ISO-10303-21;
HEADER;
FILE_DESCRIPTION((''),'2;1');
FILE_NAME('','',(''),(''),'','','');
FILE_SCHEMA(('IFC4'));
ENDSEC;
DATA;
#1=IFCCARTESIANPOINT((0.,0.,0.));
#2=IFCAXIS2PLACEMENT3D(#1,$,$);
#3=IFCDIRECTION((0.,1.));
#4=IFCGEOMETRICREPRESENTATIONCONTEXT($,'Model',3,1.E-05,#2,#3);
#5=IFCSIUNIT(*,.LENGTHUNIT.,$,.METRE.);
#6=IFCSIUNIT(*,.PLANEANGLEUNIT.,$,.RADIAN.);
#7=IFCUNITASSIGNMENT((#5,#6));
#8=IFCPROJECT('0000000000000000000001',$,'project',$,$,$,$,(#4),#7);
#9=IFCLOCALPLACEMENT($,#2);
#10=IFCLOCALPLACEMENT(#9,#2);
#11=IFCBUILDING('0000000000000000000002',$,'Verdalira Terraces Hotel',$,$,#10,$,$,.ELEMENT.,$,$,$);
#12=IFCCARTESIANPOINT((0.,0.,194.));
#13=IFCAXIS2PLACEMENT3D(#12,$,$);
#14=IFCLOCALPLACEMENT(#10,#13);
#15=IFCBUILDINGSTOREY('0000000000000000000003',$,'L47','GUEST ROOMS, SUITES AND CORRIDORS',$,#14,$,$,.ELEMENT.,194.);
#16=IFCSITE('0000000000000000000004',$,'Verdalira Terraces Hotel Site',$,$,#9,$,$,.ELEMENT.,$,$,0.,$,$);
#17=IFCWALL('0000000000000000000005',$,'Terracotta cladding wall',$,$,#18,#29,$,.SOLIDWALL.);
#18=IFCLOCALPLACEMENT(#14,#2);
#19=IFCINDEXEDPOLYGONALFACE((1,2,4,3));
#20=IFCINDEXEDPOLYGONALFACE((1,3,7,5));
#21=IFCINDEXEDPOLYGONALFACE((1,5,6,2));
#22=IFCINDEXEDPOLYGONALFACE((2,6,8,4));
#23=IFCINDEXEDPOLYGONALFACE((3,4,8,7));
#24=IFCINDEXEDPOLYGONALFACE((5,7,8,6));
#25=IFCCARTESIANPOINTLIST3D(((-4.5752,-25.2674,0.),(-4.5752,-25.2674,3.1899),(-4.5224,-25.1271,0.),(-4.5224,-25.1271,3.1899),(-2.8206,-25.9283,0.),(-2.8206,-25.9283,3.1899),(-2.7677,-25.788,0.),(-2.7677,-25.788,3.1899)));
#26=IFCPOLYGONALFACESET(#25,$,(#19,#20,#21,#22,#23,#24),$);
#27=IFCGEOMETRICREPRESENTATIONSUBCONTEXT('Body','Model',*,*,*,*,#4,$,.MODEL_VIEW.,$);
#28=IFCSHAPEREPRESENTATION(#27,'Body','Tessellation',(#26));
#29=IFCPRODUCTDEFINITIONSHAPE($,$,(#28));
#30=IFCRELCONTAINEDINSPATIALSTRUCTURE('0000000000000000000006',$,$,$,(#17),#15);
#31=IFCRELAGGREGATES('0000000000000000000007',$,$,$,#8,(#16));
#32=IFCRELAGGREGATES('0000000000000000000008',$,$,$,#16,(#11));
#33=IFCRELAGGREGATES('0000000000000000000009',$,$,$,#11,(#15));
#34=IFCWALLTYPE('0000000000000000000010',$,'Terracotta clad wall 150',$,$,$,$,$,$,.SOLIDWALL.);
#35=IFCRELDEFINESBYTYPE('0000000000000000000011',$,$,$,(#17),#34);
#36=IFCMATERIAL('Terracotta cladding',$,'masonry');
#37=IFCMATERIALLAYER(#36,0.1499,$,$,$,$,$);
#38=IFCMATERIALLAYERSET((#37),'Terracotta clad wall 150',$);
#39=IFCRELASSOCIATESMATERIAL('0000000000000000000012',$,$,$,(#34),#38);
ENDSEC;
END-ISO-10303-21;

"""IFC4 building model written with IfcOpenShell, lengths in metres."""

from ifc_helpers import new_model, si_unit, direction, frame, frame_2d, origin, place, context, subcontext, project, spatial, rectangle, extrude, material, layer, layer_set, type_object, element, save


model = new_model("IFC4")

# Units and contexts
model_context = context("Model", 3, precision=1e-05, world=origin(), true_north=direction((0.0, 1.0)))
body_context = subcontext(model_context, "Body", "Model", "MODEL_VIEW")
ifc_project = project(units=[si_unit("LENGTHUNIT", "METRE"), si_unit("PLANEANGLEUNIT", "RADIAN")], contexts=[model_context])

# Site, building, storey
site_placement = place(None, origin())
site = spatial("IfcSite", under=ifc_project, at=site_placement, Name="Verdalira Terraces Hotel Site", CompositionType="ELEMENT", RefElevation=0.0)
building_placement = place(site_placement, origin())
building = spatial("IfcBuilding", under=site, at=building_placement, Name="Verdalira Terraces Hotel", CompositionType="ELEMENT")
storey_placement = place(building_placement, frame((0.0, 0.0, 194.0)))
storey = spatial("IfcBuildingStorey", under=building, at=storey_placement, Name="L47", Description="GUEST ROOMS, SUITES AND CORRIDORS", CompositionType="ELEMENT", Elevation=194.0)

# Wall
ifc_material_1 = material(Name="Terracotta cladding", Category="masonry")
ifc_layer_1 = layer(ifc_material_1, 0.1499)
ifc_layer_set_1 = layer_set([ifc_layer_1], Name="Terracotta clad wall 150")
wall_type_1 = type_object("IfcWallType", Name="Terracotta clad wall 150", PredefinedType="SOLIDWALL", material=ifc_layer_set_1)
for number, where, z_axis, x_axis, name in (
    (1, (-4.5488, -25.1973, 0.0), (0.0, 0.0, 1.0), (0.93582, -0.352479, 0.0), "Terracotta cladding wall"),
):
    element("IfcWall", number, at=place(storey_placement, frame(where, z_axis=z_axis, x_axis=x_axis)), inside=storey, type_object=wall_type_1, Name=name, PredefinedType="SOLIDWALL", context=body_context, shape_type="SweptSolid", body=[
        extrude(rectangle(XDim=1.875, YDim=0.1499, at=frame_2d((0.9375, 0.0))), origin(), (0.0, 0.0, 1.0), 3.1899),
    ])

save(model, "model.ifc")
